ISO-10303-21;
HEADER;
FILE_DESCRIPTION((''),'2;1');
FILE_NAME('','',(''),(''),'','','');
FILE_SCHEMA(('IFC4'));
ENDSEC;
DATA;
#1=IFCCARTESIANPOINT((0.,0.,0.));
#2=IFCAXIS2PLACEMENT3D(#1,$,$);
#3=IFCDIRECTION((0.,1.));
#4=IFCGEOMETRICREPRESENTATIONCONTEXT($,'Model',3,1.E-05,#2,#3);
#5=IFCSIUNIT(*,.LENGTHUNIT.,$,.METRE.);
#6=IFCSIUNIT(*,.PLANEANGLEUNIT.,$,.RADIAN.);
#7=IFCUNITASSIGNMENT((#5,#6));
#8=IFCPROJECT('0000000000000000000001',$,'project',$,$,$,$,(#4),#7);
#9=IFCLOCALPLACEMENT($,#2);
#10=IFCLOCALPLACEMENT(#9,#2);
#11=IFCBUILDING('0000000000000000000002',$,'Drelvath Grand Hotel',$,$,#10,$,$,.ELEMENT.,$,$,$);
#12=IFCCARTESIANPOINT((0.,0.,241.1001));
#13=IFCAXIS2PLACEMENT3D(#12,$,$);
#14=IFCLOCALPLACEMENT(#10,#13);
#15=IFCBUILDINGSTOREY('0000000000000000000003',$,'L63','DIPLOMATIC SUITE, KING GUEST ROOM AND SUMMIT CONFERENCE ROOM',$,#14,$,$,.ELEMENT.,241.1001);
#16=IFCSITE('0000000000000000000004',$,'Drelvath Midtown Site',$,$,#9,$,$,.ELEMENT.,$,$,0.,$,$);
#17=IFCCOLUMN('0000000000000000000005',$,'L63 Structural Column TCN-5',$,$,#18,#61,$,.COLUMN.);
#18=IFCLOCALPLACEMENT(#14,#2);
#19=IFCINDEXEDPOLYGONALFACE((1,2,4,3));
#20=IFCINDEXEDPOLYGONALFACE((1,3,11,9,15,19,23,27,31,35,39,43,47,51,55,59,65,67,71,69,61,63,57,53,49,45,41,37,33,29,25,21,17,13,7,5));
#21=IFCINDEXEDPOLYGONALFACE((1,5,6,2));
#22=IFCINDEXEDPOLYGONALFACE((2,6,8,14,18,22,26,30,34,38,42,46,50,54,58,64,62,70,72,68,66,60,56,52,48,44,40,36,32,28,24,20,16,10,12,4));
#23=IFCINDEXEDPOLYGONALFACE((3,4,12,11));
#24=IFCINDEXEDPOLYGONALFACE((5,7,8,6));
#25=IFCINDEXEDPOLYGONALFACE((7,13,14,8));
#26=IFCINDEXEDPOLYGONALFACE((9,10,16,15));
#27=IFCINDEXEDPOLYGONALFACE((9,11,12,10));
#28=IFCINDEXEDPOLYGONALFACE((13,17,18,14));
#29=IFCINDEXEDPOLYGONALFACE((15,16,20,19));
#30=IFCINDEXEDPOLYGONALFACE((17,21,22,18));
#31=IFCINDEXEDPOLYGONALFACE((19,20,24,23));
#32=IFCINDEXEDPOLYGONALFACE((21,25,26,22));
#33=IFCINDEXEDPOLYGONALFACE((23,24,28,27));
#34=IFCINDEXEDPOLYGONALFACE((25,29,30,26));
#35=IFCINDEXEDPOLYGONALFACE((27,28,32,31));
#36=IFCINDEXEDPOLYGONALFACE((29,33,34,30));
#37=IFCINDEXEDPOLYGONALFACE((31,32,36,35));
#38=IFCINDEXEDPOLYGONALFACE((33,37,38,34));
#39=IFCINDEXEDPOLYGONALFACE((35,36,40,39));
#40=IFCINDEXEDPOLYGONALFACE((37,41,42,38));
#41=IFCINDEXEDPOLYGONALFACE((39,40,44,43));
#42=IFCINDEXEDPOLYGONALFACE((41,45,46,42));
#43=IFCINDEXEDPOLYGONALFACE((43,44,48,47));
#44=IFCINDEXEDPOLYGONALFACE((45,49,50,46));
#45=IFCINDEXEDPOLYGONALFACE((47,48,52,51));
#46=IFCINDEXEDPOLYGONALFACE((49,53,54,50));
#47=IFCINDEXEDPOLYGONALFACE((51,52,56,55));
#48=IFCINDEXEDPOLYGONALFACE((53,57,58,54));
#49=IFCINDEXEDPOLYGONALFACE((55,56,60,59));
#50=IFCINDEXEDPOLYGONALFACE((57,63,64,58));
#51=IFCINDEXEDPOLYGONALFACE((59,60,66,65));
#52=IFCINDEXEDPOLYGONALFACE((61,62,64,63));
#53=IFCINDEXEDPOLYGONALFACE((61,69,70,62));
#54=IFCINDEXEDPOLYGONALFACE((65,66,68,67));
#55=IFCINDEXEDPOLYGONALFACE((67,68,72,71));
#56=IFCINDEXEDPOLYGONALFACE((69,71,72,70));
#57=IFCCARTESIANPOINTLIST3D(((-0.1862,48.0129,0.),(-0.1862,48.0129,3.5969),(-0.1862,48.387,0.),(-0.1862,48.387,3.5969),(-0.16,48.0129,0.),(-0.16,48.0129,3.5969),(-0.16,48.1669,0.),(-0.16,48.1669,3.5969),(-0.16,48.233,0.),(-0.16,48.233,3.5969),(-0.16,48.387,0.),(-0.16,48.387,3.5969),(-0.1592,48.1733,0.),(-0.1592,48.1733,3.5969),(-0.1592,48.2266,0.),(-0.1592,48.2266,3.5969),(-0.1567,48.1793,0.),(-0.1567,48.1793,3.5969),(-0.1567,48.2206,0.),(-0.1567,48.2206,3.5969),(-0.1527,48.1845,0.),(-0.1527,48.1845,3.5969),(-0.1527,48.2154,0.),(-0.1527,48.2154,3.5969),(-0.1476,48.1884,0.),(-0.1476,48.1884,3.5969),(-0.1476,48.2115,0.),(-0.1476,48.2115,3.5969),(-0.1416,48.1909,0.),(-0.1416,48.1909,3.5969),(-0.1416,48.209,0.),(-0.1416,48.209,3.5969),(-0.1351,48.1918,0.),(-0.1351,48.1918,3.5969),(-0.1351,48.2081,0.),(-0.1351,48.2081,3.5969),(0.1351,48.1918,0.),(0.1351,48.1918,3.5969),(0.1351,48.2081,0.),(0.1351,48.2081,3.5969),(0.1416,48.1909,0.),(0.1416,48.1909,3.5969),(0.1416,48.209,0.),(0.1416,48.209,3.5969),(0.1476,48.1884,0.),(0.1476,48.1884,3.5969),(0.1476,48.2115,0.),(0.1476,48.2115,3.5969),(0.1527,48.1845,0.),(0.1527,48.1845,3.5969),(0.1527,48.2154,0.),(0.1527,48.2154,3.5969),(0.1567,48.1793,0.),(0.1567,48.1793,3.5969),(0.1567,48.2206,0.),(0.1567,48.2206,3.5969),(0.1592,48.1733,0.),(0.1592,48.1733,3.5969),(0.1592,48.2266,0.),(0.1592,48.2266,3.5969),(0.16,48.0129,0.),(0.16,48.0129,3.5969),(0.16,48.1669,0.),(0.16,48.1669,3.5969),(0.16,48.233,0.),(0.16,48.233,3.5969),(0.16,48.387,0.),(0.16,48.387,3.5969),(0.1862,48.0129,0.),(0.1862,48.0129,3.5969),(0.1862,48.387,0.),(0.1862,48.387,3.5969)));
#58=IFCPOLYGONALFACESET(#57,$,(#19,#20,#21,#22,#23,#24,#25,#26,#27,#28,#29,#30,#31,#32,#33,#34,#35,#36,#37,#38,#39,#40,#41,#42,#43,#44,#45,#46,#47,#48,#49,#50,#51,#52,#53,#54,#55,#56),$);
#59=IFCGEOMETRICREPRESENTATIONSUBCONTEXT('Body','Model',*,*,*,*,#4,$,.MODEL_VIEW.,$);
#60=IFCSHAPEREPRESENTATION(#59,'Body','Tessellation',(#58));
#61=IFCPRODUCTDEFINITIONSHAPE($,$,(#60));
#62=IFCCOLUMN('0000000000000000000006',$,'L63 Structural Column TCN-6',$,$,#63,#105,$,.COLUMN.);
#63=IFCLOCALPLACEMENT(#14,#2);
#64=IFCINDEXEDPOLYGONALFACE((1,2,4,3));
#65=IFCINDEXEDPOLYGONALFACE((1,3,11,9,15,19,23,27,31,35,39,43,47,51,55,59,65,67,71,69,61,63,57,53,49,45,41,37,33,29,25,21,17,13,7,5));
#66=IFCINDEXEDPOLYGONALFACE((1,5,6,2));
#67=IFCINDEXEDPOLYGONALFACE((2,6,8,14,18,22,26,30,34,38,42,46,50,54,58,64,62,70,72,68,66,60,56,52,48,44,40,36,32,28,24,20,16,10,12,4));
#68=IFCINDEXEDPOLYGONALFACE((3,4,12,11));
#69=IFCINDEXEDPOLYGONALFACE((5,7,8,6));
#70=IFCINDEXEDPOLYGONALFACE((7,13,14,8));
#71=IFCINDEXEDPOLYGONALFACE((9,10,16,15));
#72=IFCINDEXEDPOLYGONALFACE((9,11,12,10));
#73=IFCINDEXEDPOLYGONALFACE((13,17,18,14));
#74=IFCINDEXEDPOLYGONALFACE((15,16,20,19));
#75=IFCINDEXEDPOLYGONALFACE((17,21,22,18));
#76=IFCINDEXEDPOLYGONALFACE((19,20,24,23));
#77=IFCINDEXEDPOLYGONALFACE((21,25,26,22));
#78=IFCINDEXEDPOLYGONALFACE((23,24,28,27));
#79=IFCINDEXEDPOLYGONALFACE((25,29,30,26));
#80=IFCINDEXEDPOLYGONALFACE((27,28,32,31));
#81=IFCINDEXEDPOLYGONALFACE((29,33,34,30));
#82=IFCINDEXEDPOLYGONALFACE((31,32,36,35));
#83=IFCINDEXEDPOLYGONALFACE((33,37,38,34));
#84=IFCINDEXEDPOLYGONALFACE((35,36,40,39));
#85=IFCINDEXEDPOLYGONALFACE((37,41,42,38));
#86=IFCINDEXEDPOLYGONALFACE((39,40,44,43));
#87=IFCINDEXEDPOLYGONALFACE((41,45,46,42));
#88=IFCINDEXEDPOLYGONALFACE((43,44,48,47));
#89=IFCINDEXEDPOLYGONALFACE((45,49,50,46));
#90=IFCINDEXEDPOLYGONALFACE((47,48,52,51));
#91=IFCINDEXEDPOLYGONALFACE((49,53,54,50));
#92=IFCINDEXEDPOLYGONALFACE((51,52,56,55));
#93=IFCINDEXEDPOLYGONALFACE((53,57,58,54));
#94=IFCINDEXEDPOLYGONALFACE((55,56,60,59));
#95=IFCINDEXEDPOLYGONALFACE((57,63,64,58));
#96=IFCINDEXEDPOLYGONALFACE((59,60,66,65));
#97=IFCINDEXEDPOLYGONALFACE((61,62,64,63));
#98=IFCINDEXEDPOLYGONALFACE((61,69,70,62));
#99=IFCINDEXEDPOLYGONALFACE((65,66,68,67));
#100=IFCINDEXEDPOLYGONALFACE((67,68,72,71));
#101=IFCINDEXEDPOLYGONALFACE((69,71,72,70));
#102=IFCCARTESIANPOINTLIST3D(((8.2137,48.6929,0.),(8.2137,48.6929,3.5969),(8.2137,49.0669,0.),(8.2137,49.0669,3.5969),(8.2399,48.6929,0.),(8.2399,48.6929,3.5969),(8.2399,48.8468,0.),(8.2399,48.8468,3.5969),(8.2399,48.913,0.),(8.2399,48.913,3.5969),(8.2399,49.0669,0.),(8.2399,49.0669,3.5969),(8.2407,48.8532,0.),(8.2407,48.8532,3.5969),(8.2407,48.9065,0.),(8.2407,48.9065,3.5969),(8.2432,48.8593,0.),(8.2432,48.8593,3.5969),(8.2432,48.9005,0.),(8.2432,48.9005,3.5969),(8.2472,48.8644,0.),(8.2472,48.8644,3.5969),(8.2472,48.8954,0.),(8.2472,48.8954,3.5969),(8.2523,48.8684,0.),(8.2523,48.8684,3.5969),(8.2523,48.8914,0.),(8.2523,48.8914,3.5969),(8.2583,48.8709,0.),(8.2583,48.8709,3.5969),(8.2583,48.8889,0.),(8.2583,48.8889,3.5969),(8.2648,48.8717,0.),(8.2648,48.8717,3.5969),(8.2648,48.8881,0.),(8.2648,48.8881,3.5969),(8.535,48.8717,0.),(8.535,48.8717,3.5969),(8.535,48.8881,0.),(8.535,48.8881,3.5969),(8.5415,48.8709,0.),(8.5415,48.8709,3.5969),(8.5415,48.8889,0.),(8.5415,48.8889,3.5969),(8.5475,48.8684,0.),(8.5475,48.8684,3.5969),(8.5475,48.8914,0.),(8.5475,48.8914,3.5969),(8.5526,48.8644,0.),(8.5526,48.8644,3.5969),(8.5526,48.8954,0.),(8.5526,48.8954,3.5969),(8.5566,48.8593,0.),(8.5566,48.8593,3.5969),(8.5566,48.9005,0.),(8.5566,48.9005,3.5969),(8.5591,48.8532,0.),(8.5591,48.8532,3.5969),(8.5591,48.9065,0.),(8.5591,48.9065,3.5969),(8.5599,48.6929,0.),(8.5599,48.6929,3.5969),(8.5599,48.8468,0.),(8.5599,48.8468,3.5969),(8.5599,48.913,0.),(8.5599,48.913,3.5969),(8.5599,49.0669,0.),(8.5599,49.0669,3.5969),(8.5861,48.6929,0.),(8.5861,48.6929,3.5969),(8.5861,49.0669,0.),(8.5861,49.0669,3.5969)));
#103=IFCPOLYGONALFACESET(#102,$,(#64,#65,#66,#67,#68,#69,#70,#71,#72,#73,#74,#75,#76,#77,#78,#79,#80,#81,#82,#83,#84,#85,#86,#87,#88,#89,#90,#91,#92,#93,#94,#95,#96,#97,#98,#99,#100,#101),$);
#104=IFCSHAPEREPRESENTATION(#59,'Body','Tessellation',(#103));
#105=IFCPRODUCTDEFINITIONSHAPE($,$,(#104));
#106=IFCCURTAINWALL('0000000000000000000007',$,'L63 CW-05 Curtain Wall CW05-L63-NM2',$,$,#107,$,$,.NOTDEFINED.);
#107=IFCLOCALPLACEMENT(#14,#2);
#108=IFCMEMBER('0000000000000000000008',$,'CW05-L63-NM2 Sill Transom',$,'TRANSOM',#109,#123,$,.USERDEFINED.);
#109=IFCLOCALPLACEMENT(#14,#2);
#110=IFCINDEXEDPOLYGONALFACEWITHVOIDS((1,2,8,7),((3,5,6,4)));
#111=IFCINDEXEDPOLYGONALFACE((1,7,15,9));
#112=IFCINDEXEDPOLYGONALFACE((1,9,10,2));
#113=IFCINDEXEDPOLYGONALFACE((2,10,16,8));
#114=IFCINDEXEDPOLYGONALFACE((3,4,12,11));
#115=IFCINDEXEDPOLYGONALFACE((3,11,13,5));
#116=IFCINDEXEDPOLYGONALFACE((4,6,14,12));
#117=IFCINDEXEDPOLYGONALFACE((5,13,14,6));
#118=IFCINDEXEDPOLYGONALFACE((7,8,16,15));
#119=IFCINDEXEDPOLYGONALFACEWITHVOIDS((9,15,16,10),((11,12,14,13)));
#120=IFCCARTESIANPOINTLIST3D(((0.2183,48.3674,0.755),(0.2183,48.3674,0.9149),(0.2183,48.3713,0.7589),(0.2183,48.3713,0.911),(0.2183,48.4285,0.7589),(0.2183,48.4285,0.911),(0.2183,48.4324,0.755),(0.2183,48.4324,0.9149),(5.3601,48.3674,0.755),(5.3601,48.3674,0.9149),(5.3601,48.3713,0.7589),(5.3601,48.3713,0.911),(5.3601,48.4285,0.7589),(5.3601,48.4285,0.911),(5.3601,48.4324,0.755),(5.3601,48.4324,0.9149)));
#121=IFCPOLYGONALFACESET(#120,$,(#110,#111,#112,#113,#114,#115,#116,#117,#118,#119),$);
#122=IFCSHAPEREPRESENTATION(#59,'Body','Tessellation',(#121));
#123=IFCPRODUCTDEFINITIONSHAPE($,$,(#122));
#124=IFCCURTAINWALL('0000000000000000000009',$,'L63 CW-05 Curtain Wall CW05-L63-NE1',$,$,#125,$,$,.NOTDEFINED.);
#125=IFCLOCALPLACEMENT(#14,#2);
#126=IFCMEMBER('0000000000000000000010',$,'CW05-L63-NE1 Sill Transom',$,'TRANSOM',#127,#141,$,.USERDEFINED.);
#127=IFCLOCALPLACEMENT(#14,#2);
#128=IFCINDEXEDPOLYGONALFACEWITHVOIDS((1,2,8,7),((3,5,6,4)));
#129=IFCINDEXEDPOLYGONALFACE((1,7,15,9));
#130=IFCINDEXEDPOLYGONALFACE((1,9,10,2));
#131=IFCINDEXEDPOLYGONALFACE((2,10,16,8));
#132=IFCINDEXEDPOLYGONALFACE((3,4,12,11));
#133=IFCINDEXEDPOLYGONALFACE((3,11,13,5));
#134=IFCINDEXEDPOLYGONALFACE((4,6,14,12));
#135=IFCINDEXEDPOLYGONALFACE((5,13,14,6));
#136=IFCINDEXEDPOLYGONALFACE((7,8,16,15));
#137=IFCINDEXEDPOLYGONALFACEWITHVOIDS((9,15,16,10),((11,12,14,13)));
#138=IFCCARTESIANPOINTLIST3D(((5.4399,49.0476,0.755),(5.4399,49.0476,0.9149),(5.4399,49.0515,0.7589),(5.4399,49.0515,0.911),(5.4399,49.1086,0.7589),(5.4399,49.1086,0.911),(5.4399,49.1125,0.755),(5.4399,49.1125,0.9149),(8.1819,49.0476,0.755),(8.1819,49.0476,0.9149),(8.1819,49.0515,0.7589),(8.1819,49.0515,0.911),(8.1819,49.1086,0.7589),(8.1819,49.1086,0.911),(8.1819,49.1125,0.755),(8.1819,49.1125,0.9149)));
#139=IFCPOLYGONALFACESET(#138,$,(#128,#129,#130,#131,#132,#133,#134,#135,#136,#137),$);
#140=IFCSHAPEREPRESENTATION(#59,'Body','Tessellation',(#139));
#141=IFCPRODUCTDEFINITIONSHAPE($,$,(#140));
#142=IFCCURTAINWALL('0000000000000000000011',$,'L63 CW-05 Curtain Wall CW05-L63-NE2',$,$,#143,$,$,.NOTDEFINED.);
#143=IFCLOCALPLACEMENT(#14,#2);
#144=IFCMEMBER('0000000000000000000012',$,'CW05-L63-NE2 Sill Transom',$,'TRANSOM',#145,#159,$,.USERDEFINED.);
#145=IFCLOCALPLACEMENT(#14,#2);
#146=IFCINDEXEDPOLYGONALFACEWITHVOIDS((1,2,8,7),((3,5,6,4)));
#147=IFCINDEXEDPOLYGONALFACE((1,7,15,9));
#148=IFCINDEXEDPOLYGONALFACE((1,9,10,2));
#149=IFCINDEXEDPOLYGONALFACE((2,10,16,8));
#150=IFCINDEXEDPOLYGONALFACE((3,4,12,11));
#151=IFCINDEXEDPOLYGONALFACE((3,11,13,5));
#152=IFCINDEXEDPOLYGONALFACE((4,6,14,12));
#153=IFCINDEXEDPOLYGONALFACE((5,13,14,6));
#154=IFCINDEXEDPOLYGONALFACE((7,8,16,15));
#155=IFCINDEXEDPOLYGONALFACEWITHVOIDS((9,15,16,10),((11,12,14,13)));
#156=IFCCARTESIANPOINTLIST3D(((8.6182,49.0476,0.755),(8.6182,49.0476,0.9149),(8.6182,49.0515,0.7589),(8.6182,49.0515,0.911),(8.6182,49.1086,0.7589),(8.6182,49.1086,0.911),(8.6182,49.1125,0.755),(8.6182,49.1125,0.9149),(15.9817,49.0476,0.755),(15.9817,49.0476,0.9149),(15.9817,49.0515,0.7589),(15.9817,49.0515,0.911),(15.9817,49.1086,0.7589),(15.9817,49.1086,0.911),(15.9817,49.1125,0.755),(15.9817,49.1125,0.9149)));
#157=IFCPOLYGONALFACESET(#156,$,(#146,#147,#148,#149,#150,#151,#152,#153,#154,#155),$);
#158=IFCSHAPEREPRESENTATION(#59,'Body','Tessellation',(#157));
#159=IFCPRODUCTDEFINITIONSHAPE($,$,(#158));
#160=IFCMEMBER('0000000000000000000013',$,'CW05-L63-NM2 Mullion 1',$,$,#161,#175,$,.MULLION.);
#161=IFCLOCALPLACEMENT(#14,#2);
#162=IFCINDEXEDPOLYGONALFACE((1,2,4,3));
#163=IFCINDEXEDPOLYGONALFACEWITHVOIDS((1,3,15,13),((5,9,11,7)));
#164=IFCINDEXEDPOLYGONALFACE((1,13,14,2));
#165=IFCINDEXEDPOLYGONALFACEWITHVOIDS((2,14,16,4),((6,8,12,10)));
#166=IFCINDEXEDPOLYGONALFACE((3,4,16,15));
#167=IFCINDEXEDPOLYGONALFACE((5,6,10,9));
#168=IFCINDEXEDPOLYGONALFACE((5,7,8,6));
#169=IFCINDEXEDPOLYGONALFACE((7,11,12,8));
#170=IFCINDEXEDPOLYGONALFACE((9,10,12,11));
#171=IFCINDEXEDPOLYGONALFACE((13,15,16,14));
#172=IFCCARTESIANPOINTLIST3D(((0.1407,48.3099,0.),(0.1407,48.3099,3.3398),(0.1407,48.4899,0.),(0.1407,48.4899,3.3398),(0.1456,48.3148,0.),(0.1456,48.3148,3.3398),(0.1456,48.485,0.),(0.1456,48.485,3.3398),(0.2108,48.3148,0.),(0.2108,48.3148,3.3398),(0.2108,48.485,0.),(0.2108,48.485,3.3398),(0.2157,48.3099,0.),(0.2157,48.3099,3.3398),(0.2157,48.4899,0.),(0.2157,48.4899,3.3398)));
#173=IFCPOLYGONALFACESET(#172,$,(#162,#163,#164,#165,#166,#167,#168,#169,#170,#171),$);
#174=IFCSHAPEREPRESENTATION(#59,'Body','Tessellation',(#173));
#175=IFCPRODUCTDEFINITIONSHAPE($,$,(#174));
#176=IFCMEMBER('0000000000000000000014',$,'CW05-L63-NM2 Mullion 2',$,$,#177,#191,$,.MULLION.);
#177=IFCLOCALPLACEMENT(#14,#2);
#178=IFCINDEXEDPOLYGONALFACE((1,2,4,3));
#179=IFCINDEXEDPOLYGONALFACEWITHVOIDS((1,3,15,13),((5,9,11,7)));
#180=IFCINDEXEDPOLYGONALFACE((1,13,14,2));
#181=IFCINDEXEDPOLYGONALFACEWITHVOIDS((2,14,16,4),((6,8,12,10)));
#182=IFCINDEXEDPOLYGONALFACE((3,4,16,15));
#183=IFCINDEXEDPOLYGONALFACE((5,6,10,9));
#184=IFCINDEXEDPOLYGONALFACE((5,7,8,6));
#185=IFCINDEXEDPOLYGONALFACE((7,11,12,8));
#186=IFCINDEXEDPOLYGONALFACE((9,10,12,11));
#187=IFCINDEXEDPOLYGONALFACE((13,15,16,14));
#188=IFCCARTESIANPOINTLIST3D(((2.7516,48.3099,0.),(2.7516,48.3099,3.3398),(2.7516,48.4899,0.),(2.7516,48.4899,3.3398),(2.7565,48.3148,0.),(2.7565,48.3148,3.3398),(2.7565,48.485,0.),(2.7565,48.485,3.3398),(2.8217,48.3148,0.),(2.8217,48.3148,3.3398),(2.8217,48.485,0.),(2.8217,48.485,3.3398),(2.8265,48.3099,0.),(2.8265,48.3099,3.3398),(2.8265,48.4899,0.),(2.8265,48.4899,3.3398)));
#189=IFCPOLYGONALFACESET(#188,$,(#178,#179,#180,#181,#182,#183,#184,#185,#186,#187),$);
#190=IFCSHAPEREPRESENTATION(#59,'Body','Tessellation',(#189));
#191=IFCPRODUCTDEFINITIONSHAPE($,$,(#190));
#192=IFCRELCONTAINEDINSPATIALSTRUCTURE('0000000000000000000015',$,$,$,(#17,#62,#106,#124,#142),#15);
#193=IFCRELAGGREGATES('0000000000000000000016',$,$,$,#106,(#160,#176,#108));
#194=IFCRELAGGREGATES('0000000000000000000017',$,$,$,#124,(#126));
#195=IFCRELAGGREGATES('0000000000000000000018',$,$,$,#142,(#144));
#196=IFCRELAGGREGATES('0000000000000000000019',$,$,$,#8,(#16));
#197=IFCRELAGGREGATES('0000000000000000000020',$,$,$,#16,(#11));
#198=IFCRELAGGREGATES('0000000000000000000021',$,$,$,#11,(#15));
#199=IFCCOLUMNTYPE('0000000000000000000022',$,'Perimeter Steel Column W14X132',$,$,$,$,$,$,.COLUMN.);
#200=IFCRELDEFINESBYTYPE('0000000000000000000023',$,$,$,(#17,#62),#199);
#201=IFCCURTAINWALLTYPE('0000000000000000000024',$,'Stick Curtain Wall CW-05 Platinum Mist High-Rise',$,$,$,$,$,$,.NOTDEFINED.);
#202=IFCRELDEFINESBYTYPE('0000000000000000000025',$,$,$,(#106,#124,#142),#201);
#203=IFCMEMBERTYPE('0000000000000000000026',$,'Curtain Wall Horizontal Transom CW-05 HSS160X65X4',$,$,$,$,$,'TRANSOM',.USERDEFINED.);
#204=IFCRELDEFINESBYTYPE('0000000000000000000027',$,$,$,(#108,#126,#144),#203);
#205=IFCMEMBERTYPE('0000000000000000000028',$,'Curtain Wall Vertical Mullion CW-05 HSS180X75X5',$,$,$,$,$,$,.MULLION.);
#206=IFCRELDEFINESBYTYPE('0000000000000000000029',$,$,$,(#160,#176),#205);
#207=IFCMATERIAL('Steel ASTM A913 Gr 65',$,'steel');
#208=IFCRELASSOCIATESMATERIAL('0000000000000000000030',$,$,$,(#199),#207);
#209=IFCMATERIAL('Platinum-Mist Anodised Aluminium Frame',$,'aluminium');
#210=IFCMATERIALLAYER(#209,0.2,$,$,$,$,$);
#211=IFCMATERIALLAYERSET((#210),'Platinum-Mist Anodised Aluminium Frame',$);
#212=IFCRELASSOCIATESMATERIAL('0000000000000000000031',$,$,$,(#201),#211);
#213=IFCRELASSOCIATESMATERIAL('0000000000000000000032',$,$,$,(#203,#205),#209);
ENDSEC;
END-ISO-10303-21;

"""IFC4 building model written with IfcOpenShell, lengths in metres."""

from ifc_helpers import new_model, si_unit, direction, frame, origin, origin_2d, place, context, subcontext, project, spatial, hollow_rectangle, i_section, extrude, material, layer, layer_set, material_profile, profile_set, type_object, element, aggregate, save


model = new_model("IFC4")

# Units and contexts
model_context = context("Model", 3, precision=1e-05, world=origin(), true_north=direction((0.0, 1.0)))
body_context = subcontext(model_context, "Body", "Model", "MODEL_VIEW")
ifc_project = project(units=[si_unit("LENGTHUNIT", "METRE"), si_unit("PLANEANGLEUNIT", "RADIAN")], contexts=[model_context])

# Site, building, storey
site_placement = place(None, origin())
site = spatial("IfcSite", under=ifc_project, at=site_placement, Name="Drelvath Midtown Site", CompositionType="ELEMENT", RefElevation=0.0)
building_placement = place(site_placement, origin())
building = spatial("IfcBuilding", under=site, at=building_placement, Name="Drelvath Grand Hotel", CompositionType="ELEMENT")
storey_placement = place(building_placement, frame((0.0, 0.0, 241.1001)))
storey = spatial("IfcBuildingStorey", under=building, at=storey_placement, Name="L63", Description="DIPLOMATIC SUITE, KING GUEST ROOM AND SUMMIT CONFERENCE ROOM", CompositionType="ELEMENT", Elevation=241.1001)

# Columns
ifc_material_1 = material(Name="Steel ASTM A913 Gr 65", Category="steel")
ifc_material_profile_1 = material_profile(ifc_material_1, i_section(OverallWidth=0.374, OverallDepth=0.3723, WebThickness=0.0164, FlangeThickness=0.0261, FilletRadius=0.0249, at=origin_2d()), Name="W14X132")
ifc_profile_set_1 = profile_set([ifc_material_profile_1], Name="Steel ASTM A913 Gr 65")
column_type = type_object("IfcColumnType", Name="Perimeter Steel Column W14X132", PredefinedType="COLUMN", material=ifc_profile_set_1)
for number, where, z_axis, x_axis, name in (
    (1, (0.0, 48.2, 0.0), (0.0, 0.0, 1.0), (0.0, 1.0, 0.0), "L63 Structural Column TCN-5"),
    (2, (8.3999, 48.8799, 0.0), (0.0, 0.0, 1.0), (0.0, 1.0, 0.0), "L63 Structural Column TCN-6"),
):
    element("IfcColumn", number, at=place(storey_placement, frame(where, z_axis=z_axis, x_axis=x_axis)), inside=storey, type_object=column_type, Name=name, PredefinedType="COLUMN", context=body_context, shape_type="SweptSolid", body=[
        extrude(i_section(OverallWidth=0.374, OverallDepth=0.3723, WebThickness=0.0164, FlangeThickness=0.0261, FilletRadius=0.0249, at=origin_2d()), origin(), (0.0, 0.0, 1.0), 3.5969),
    ])

# Curtain walls, members
ifc_material_2 = material(Name="Platinum-Mist Anodised Aluminium Frame", Category="aluminium")
ifc_layer_1 = layer(ifc_material_2, 0.2)
ifc_layer_set_1 = layer_set([ifc_layer_1], Name="Platinum-Mist Anodised Aluminium Frame")
curtain_wall_type = type_object("IfcCurtainWallType", Name="Stick Curtain Wall CW-05 Platinum Mist High-Rise", PredefinedType="NOTDEFINED", material=ifc_layer_set_1)
curtain_wall_1_placement = place(storey_placement, origin())
curtain_wall_1 = element("IfcCurtainWall", 3, at=curtain_wall_1_placement, inside=storey, type_object=curtain_wall_type, Name="L63 CW-05 Curtain Wall CW05-L63-NM2", PredefinedType="NOTDEFINED")
ifc_material_profile_2 = material_profile(ifc_material_2, hollow_rectangle(XDim=0.0649, YDim=0.1599, WallThickness=0.0039, at=origin_2d()), Name="HSS160X65X4")
ifc_profile_set_2 = profile_set([ifc_material_profile_2], Name="Platinum-Mist Anodised Aluminium Frame")
member_type_1 = type_object("IfcMemberType", Name="Curtain Wall Horizontal Transom CW-05 HSS160X65X4", ElementType="TRANSOM", PredefinedType="USERDEFINED", material=ifc_profile_set_2)
member_1_placement = place(storey_placement, frame((0.2183, 48.3999, 0.835), z_axis=(1.0, 0.0, 0.0), x_axis=(0.0, 1.0, 0.0)))
member_1 = element("IfcMember", 4, at=member_1_placement, type_object=member_type_1, Name="CW05-L63-NM2 Sill Transom", ObjectType="TRANSOM", PredefinedType="USERDEFINED", context=body_context, shape_type="SweptSolid", body=[
    extrude(hollow_rectangle(XDim=0.0649, YDim=0.1599, WallThickness=0.0039, at=origin_2d()), origin(), (0.0, 0.0, 1.0), 5.1418),
])
curtain_wall_2_placement = place(storey_placement, origin())
curtain_wall_2 = element("IfcCurtainWall", 5, at=curtain_wall_2_placement, inside=storey, type_object=curtain_wall_type, Name="L63 CW-05 Curtain Wall CW05-L63-NE1", PredefinedType="NOTDEFINED")
member_2_placement = place(storey_placement, frame((5.4399, 49.0801, 0.835), z_axis=(1.0, 0.0, 0.0), x_axis=(0.0, 1.0, 0.0)))
member_2 = element("IfcMember", 6, at=member_2_placement, type_object=member_type_1, Name="CW05-L63-NE1 Sill Transom", ObjectType="TRANSOM", PredefinedType="USERDEFINED", context=body_context, shape_type="SweptSolid", body=[
    extrude(hollow_rectangle(XDim=0.0649, YDim=0.1599, WallThickness=0.0039, at=origin_2d()), origin(), (0.0, 0.0, 1.0), 2.7419),
])
curtain_wall_3_placement = place(storey_placement, origin())
curtain_wall_3 = element("IfcCurtainWall", 7, at=curtain_wall_3_placement, inside=storey, type_object=curtain_wall_type, Name="L63 CW-05 Curtain Wall CW05-L63-NE2", PredefinedType="NOTDEFINED")
member_3_placement = place(storey_placement, frame((8.6182, 49.0801, 0.835), z_axis=(1.0, 0.0, 0.0), x_axis=(0.0, 1.0, 0.0)))
member_3 = element("IfcMember", 8, at=member_3_placement, type_object=member_type_1, Name="CW05-L63-NE2 Sill Transom", ObjectType="TRANSOM", PredefinedType="USERDEFINED", context=body_context, shape_type="SweptSolid", body=[
    extrude(hollow_rectangle(XDim=0.0649, YDim=0.1599, WallThickness=0.0039, at=origin_2d()), origin(), (0.0, 0.0, 1.0), 7.3635),
])

# Members
ifc_material_profile_3 = material_profile(ifc_material_2, hollow_rectangle(XDim=0.075, YDim=0.1799, WallThickness=0.0049, at=origin_2d()), Name="HSS180X75X5")
ifc_profile_set_3 = profile_set([ifc_material_profile_3], Name="Platinum-Mist Anodised Aluminium Frame")
member_type_2 = type_object("IfcMemberType", Name="Curtain Wall Vertical Mullion CW-05 HSS180X75X5", PredefinedType="MULLION", material=ifc_profile_set_3)
member_4_placement = place(storey_placement, frame((0.1782, 48.3999, 0.0), z_axis=(0.0, 0.0, 1.0), x_axis=(1.0, 0.0, 0.0)))
member_4 = element("IfcMember", 9, at=member_4_placement, type_object=member_type_2, Name="CW05-L63-NM2 Mullion 1", PredefinedType="MULLION", context=body_context, shape_type="SweptSolid", body=[
    extrude(hollow_rectangle(XDim=0.075, YDim=0.1799, WallThickness=0.0049, at=origin_2d()), origin(), (0.0, 0.0, 1.0), 3.3398),
])
member_5_placement = place(storey_placement, frame((2.7891, 48.3999, 0.0), z_axis=(0.0, 0.0, 1.0), x_axis=(1.0, 0.0, 0.0)))
member_5 = element("IfcMember", 10, at=member_5_placement, type_object=member_type_2, Name="CW05-L63-NM2 Mullion 2", PredefinedType="MULLION", context=body_context, shape_type="SweptSolid", body=[
    extrude(hollow_rectangle(XDim=0.075, YDim=0.1799, WallThickness=0.0049, at=origin_2d()), origin(), (0.0, 0.0, 1.0), 3.3398),
])

aggregate(curtain_wall_1, [member_4, member_5, member_1])
aggregate(curtain_wall_2, [member_2])
aggregate(curtain_wall_3, [member_3])

save(model, "model.ifc")
